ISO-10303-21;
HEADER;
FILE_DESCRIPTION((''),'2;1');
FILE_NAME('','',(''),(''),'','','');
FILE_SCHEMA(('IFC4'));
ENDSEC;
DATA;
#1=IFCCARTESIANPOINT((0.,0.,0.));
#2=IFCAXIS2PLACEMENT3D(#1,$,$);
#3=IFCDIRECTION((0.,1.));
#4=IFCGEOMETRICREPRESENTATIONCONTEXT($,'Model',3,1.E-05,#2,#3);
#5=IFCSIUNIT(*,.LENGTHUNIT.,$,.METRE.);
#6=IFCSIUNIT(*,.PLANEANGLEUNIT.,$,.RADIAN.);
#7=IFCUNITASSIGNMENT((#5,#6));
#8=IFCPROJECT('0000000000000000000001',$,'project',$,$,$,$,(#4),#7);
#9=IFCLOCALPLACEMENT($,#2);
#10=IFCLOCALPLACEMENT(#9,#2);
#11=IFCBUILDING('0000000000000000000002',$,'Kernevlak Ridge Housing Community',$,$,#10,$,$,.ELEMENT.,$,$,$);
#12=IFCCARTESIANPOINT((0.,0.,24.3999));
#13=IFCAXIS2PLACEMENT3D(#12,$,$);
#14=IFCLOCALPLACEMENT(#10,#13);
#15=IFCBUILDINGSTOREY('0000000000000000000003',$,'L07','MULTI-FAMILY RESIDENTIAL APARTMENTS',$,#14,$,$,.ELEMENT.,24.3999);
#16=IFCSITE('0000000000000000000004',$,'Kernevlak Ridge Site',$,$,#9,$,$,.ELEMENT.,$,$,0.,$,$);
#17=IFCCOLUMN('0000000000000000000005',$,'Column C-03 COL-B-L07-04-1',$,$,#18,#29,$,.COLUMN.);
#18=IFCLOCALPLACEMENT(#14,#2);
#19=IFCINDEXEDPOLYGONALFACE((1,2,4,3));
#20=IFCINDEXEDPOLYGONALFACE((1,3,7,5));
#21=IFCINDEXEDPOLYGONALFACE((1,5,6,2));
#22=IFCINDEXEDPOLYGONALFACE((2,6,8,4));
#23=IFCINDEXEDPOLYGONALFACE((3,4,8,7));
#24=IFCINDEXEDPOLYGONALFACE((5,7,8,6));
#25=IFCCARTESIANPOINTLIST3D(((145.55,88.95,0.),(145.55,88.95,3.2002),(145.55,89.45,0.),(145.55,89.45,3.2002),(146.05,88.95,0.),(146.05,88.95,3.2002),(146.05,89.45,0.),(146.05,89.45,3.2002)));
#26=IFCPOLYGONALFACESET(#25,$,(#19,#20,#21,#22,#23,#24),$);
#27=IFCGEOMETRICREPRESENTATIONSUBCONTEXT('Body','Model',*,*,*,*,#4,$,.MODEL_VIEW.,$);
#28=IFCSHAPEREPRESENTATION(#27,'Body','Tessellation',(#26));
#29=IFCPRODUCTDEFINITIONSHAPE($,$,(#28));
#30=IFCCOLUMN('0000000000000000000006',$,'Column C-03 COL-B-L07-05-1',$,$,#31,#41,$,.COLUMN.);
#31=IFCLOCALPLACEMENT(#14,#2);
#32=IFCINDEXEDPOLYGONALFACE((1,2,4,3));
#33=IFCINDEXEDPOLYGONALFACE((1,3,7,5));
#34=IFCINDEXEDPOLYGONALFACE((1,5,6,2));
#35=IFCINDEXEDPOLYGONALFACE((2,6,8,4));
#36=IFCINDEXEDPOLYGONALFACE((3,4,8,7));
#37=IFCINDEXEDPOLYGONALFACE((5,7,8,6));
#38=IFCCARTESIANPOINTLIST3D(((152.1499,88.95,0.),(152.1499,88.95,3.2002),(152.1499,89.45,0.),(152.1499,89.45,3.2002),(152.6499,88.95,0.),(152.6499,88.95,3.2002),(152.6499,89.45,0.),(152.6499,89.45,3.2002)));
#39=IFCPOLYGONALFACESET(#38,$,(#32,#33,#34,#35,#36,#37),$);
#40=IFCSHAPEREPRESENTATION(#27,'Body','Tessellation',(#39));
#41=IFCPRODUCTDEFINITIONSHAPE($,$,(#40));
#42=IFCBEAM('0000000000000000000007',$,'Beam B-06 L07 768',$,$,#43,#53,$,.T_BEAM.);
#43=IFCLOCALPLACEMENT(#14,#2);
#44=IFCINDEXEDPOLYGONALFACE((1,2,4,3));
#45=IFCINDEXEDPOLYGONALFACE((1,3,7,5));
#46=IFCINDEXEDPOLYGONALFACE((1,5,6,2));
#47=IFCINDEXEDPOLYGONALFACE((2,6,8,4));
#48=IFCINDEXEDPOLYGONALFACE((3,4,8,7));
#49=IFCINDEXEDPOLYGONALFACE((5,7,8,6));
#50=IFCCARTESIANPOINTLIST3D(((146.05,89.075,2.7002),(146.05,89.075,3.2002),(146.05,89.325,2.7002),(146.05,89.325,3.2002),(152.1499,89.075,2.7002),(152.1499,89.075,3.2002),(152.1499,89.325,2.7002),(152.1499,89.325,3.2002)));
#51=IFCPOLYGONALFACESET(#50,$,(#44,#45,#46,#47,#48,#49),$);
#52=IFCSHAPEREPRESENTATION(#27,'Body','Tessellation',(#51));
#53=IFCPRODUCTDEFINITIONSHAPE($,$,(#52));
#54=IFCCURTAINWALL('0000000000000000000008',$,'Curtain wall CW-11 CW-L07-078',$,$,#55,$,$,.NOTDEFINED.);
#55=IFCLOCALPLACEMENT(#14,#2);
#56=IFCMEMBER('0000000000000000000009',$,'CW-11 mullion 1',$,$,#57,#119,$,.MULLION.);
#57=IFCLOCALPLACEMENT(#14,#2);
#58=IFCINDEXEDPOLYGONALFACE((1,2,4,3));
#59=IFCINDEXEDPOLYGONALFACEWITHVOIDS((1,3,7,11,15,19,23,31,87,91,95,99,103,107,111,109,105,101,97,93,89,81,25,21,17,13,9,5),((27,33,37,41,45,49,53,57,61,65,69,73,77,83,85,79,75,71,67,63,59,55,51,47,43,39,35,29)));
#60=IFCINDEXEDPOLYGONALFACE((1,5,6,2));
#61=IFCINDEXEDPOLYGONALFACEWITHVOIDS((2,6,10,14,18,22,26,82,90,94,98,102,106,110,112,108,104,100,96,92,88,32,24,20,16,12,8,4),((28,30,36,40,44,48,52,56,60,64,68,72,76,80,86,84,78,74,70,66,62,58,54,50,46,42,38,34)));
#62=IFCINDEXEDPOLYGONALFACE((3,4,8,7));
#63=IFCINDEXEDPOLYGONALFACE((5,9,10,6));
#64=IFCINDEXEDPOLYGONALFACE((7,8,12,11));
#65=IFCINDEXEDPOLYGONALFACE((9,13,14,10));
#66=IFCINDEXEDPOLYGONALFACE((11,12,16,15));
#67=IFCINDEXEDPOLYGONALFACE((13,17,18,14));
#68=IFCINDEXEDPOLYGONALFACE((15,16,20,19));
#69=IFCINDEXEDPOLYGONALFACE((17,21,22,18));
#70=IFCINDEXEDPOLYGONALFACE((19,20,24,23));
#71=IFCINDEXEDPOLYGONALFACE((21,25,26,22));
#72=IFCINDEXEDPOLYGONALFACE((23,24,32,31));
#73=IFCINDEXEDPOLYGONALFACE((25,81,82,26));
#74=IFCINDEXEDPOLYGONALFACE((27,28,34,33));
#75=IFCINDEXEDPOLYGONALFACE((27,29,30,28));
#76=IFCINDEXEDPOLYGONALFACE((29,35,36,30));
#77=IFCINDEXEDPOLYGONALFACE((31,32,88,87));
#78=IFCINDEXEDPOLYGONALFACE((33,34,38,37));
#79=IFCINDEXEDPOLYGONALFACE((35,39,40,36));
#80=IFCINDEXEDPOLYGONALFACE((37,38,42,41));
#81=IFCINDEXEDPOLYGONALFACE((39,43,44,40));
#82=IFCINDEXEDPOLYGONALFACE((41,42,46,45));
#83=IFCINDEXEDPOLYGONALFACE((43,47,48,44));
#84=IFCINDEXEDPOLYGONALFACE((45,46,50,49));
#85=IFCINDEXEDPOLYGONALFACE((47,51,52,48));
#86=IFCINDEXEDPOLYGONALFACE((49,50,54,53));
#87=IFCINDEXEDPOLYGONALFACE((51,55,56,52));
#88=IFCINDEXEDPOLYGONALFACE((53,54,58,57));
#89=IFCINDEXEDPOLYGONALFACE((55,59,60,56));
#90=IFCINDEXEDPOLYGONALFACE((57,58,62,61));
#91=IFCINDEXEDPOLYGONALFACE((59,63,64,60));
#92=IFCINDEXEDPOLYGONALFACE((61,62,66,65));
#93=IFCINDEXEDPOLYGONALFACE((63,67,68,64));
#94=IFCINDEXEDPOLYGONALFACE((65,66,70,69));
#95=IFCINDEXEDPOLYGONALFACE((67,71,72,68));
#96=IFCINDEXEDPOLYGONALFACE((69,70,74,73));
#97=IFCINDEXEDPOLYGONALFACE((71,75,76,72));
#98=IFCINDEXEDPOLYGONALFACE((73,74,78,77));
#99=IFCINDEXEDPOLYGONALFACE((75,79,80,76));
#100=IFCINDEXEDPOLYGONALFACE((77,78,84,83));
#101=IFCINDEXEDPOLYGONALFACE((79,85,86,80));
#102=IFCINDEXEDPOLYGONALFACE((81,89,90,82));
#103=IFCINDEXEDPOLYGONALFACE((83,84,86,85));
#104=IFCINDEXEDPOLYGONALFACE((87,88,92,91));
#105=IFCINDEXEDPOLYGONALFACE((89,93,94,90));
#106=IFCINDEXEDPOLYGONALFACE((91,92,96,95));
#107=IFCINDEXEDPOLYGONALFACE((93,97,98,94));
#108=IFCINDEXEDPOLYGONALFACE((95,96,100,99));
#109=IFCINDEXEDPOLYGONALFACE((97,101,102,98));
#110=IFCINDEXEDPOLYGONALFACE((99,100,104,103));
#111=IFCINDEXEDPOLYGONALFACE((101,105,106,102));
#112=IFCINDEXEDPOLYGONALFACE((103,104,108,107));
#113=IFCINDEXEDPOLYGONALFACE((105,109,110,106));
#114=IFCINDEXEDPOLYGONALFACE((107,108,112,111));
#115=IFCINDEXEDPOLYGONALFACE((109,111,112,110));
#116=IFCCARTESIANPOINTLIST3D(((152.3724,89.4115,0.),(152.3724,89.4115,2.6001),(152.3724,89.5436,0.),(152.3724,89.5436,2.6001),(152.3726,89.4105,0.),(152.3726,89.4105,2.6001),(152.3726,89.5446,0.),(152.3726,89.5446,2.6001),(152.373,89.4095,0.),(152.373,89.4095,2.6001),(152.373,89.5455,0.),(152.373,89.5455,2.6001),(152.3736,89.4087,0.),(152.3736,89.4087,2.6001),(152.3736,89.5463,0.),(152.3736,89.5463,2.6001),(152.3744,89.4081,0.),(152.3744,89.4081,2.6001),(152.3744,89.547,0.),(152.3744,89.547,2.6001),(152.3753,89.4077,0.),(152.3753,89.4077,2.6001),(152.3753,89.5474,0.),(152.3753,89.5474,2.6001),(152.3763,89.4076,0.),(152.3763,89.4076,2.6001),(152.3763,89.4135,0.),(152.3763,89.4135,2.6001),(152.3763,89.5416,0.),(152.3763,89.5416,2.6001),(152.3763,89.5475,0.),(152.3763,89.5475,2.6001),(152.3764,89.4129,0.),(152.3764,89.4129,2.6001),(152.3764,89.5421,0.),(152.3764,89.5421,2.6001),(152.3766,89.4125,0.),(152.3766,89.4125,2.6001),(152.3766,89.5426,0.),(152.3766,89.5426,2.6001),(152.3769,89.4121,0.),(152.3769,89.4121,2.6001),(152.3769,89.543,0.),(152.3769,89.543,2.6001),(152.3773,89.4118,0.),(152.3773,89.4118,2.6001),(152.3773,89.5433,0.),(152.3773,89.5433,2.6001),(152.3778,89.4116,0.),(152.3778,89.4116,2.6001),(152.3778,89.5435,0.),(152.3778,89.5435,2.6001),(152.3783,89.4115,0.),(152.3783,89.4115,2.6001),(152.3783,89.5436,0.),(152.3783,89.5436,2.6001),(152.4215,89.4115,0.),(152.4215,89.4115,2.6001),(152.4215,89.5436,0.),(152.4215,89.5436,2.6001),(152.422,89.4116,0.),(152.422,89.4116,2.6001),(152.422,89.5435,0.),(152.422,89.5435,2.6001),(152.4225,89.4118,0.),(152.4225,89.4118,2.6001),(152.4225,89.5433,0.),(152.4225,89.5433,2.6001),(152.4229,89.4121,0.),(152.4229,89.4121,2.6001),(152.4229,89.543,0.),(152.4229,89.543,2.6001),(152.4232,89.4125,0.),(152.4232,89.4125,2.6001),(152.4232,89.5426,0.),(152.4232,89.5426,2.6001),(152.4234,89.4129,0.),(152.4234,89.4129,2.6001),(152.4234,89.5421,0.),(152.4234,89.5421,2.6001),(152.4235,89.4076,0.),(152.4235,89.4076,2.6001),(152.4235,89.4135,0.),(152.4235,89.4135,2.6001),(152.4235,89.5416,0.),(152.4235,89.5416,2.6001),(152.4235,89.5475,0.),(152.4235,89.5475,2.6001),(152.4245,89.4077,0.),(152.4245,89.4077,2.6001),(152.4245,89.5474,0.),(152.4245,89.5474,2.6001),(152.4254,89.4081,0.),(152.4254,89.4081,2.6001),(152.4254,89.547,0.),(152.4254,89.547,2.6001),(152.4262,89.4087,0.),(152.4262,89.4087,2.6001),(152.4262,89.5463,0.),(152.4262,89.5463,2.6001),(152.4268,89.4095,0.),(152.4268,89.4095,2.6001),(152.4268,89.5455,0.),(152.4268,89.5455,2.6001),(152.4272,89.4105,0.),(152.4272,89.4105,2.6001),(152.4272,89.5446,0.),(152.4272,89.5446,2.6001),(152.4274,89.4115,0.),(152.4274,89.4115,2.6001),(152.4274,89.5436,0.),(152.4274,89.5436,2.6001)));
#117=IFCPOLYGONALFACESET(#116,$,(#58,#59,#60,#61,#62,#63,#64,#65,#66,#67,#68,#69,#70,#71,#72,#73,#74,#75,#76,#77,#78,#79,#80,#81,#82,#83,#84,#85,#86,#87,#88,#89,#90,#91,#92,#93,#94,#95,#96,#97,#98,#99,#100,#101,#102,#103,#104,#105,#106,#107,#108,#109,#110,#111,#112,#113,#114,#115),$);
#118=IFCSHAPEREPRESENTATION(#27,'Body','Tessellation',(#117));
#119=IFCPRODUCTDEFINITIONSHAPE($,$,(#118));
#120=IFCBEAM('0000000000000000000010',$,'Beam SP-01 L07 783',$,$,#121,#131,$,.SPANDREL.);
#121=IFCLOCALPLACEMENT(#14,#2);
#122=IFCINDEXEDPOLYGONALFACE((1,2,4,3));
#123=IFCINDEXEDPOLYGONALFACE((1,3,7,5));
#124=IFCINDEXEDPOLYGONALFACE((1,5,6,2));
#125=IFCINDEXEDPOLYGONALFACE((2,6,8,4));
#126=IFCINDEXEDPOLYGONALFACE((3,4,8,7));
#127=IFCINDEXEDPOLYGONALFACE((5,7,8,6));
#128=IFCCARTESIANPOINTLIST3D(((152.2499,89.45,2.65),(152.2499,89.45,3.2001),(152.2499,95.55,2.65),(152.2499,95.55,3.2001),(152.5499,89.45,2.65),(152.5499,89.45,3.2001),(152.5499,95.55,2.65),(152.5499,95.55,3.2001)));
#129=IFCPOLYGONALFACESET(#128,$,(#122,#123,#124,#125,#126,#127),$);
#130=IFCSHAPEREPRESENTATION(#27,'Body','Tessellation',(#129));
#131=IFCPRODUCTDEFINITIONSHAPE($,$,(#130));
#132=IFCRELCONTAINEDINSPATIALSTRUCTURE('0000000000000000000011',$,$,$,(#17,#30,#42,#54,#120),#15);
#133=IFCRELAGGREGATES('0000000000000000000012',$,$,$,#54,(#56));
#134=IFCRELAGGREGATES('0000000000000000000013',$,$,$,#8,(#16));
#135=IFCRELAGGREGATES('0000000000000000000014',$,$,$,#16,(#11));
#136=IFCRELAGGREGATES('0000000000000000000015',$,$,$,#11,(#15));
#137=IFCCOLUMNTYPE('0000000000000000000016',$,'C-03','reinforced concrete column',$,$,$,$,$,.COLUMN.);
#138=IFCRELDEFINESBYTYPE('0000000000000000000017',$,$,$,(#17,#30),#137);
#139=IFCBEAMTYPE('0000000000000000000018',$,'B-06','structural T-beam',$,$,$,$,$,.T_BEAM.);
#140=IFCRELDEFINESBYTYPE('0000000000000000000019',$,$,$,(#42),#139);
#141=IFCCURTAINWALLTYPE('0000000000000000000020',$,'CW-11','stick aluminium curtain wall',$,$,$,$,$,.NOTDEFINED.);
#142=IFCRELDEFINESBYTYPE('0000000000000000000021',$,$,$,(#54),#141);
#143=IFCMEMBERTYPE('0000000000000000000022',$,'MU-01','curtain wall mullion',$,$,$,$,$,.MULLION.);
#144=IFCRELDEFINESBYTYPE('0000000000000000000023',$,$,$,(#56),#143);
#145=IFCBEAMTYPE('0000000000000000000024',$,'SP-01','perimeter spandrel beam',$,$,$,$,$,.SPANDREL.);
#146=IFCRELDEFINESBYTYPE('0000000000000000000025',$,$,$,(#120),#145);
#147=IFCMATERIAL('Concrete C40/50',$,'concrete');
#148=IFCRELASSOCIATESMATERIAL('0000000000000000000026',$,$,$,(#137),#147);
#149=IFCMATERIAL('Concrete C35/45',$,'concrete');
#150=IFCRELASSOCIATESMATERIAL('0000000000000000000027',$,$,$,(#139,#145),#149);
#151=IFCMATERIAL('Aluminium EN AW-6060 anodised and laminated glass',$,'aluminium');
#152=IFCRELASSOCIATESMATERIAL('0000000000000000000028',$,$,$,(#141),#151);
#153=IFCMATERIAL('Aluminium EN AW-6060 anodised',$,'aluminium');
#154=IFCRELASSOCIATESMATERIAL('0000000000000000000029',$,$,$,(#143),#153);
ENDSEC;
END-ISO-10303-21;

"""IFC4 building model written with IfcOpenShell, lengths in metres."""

from ifc_helpers import new_model, si_unit, direction, frame, origin, origin_2d, place, context, subcontext, project, spatial, rectangle, hollow_rectangle, extrude, material, material_profile, profile_set, type_object, element, aggregate, save


model = new_model("IFC4")

# Units and contexts
model_context = context("Model", 3, precision=1e-05, world=origin(), true_north=direction((0.0, 1.0)))
body_context = subcontext(model_context, "Body", "Model", "MODEL_VIEW")
ifc_project = project(units=[si_unit("LENGTHUNIT", "METRE"), si_unit("PLANEANGLEUNIT", "RADIAN")], contexts=[model_context])

# Site, building, storey
site_placement = place(None, origin())
site = spatial("IfcSite", under=ifc_project, at=site_placement, Name="Kernevlak Ridge Site", CompositionType="ELEMENT", RefElevation=0.0)
building_placement = place(site_placement, origin())
building = spatial("IfcBuilding", under=site, at=building_placement, Name="Kernevlak Ridge Housing Community", CompositionType="ELEMENT")
storey_placement = place(building_placement, frame((0.0, 0.0, 24.3999)))
storey = spatial("IfcBuildingStorey", under=building, at=storey_placement, Name="L07", Description="MULTI-FAMILY RESIDENTIAL APARTMENTS", CompositionType="ELEMENT", Elevation=24.3999)

# Columns
ifc_material_1 = material(Name="Concrete C40/50", Category="concrete")
ifc_material_profile_1 = material_profile(ifc_material_1, rectangle(XDim=0.5, YDim=0.5, at=origin_2d()), Name="RC 500x500")
ifc_profile_set_1 = profile_set([ifc_material_profile_1], Name="Concrete C40/50")
column_type = type_object("IfcColumnType", Name="C-03", Description="reinforced concrete column", PredefinedType="COLUMN", material=ifc_profile_set_1)
for number, where, z_axis, x_axis, name in (
    (1, (145.8, 89.2, 0.0), (0.0, 0.0, 1.0), (1.0, 0.0, 0.0), "Column C-03 COL-B-L07-04-1"),
    (2, (152.3999, 89.2, 0.0), (0.0, 0.0, 1.0), (1.0, 0.0, 0.0), "Column C-03 COL-B-L07-05-1"),
):
    element("IfcColumn", number, at=place(storey_placement, frame(where, z_axis=z_axis, x_axis=x_axis)), inside=storey, type_object=column_type, Name=name, PredefinedType="COLUMN", context=body_context, shape_type="SweptSolid", body=[
        extrude(rectangle(XDim=0.5, YDim=0.5, at=origin_2d()), origin(), (0.0, 0.0, 1.0), 3.2002),
    ])

# Beam
ifc_material_2 = material(Name="Concrete C35/45", Category="concrete")
ifc_material_profile_2 = material_profile(ifc_material_2, rectangle(XDim=0.25, YDim=0.5, at=origin_2d()), Name="RC 250x500")
ifc_profile_set_2 = profile_set([ifc_material_profile_2], Name="Concrete C35/45")
beam_type_1 = type_object("IfcBeamType", Name="B-06", Description="structural T-beam", PredefinedType="T_BEAM", material=ifc_profile_set_2)
beam_1_placement = place(storey_placement, frame((146.05, 89.2, 2.9502), z_axis=(1.0, 0.0, 0.0), x_axis=(0.0, 1.0, 0.0)))
element("IfcBeam", 3, at=beam_1_placement, inside=storey, type_object=beam_type_1, Name="Beam B-06 L07 768", PredefinedType="T_BEAM", context=body_context, shape_type="SweptSolid", body=[
    extrude(rectangle(XDim=0.25, YDim=0.5, at=origin_2d()), origin(), (0.0, 0.0, 1.0), 6.0999),
])

# Curtain wall, member
ifc_material_3 = material(Name="Aluminium EN AW-6060 anodised and laminated glass", Category="aluminium")
curtain_wall_type = type_object("IfcCurtainWallType", Name="CW-11", Description="stick aluminium curtain wall", PredefinedType="NOTDEFINED", material=ifc_material_3)
curtain_wall_placement = place(storey_placement, origin())
curtain_wall = element("IfcCurtainWall", 4, at=curtain_wall_placement, inside=storey, type_object=curtain_wall_type, Name="Curtain wall CW-11 CW-L07-078", PredefinedType="NOTDEFINED")
ifc_material_4 = material(Name="Aluminium EN AW-6060 anodised", Category="aluminium")
ifc_material_profile_3 = material_profile(ifc_material_4, hollow_rectangle(XDim=0.0549, YDim=0.1399, WallThickness=0.0039, InnerFilletRadius=0.002, OuterFilletRadius=0.0039, at=origin_2d()), Name="ALU 55x140x4")
ifc_profile_set_3 = profile_set([ifc_material_profile_3], Name="Aluminium EN AW-6060 anodised")
member_type_1 = type_object("IfcMemberType", Name="MU-01", Description="curtain wall mullion", PredefinedType="MULLION", material=ifc_profile_set_3)
member_1_placement = place(storey_placement, frame((152.3999, 89.4775, 0.0), z_axis=(0.0, 0.0, 1.0), x_axis=(-1.0, 0.0, 0.0)))
member_1 = element("IfcMember", 5, at=member_1_placement, type_object=member_type_1, Name="CW-11 mullion 1", PredefinedType="MULLION", context=body_context, shape_type="SweptSolid", body=[
    extrude(hollow_rectangle(XDim=0.0549, YDim=0.1399, WallThickness=0.0039, InnerFilletRadius=0.002, OuterFilletRadius=0.0039, at=origin_2d()), origin(), (0.0, 0.0, 1.0), 2.6001),
])

# Beam
ifc_material_profile_4 = material_profile(ifc_material_2, rectangle(XDim=0.3, YDim=0.55, at=origin_2d()), Name="RC 300x550")
ifc_profile_set_4 = profile_set([ifc_material_profile_4], Name="Concrete C35/45")
beam_type_2 = type_object("IfcBeamType", Name="SP-01", Description="perimeter spandrel beam", PredefinedType="SPANDREL", material=ifc_profile_set_4)
beam_2_placement = place(storey_placement, frame((152.3999, 89.45, 2.925), z_axis=(0.0, 1.0, 0.0), x_axis=(-1.0, 0.0, 0.0)))
element("IfcBeam", 6, at=beam_2_placement, inside=storey, type_object=beam_type_2, Name="Beam SP-01 L07 783", PredefinedType="SPANDREL", context=body_context, shape_type="SweptSolid", body=[
    extrude(rectangle(XDim=0.3, YDim=0.55, at=origin_2d()), origin(), (0.0, 0.0, 1.0), 6.1001),
])

aggregate(curtain_wall, [member_1])

save(model, "model.ifc")
